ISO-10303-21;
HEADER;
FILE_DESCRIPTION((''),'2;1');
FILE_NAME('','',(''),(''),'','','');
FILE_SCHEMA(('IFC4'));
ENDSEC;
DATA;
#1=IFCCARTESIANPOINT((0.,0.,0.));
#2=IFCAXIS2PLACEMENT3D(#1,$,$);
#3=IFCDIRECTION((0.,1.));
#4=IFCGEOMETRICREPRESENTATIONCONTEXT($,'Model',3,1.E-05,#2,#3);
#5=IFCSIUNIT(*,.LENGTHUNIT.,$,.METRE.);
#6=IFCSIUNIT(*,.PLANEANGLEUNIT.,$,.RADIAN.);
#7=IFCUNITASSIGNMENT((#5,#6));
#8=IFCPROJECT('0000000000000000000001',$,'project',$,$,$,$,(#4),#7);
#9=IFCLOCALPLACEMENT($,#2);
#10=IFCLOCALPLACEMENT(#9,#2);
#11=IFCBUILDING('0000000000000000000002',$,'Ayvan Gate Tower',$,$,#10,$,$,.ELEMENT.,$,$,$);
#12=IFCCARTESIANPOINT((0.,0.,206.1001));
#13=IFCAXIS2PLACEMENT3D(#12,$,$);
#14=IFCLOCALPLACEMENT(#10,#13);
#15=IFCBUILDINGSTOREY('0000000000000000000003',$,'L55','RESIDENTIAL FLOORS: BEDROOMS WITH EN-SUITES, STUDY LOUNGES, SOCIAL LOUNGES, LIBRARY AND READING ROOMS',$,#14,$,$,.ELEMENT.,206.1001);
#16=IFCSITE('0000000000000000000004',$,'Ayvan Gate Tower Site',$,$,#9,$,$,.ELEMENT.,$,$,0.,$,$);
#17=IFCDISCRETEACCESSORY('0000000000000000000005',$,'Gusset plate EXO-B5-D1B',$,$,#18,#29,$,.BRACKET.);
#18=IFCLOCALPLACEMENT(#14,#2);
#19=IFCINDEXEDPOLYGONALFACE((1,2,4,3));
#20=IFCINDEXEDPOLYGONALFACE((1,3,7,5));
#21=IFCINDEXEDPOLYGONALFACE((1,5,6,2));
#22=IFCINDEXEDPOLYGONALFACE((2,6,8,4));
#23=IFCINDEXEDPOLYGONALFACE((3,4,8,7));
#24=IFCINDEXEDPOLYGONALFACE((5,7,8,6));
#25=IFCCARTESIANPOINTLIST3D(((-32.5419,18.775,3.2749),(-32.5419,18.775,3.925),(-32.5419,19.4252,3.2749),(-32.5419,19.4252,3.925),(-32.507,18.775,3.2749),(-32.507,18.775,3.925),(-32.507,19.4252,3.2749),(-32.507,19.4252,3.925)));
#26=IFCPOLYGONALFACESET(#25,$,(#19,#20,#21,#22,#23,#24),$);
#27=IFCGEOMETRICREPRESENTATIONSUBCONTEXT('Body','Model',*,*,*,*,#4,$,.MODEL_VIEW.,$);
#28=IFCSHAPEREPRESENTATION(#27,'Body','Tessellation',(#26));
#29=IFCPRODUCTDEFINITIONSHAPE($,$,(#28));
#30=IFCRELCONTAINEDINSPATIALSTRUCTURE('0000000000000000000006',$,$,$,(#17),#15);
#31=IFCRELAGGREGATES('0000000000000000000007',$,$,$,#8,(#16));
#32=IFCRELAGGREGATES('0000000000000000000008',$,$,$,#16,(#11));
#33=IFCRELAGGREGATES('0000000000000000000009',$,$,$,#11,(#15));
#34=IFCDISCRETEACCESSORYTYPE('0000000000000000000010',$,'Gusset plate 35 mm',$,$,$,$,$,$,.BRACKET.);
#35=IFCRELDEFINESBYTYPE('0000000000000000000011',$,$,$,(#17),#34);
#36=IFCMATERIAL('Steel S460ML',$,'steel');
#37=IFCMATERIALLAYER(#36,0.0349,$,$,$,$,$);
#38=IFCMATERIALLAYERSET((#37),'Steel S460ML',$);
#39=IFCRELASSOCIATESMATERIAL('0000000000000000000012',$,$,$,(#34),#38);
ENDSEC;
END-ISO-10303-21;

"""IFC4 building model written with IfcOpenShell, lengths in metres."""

from ifc_helpers import new_model, si_unit, direction, frame, origin, origin_2d, place, context, subcontext, project, spatial, rectangle, extrude, material, layer, layer_set, type_object, element, save


model = new_model("IFC4")

# Units and contexts
model_context = context("Model", 3, precision=1e-05, world=origin(), true_north=direction((0.0, 1.0)))
body_context = subcontext(model_context, "Body", "Model", "MODEL_VIEW")
ifc_project = project(units=[si_unit("LENGTHUNIT", "METRE"), si_unit("PLANEANGLEUNIT", "RADIAN")], contexts=[model_context])

# Site, building, storey
site_placement = place(None, origin())
site = spatial("IfcSite", under=ifc_project, at=site_placement, Name="Ayvan Gate Tower Site", CompositionType="ELEMENT", RefElevation=0.0)
building_placement = place(site_placement, origin())
building = spatial("IfcBuilding", under=site, at=building_placement, Name="Ayvan Gate Tower", CompositionType="ELEMENT")
storey_placement = place(building_placement, frame((0.0, 0.0, 206.1001)))
storey = spatial("IfcBuildingStorey", under=building, at=storey_placement, Name="L55", Description="RESIDENTIAL FLOORS: BEDROOMS WITH EN-SUITES, STUDY LOUNGES, SOCIAL LOUNGES, LIBRARY AND READING ROOMS", CompositionType="ELEMENT", Elevation=206.1001)

# Discrete accessory
ifc_material_1 = material(Name="Steel S460ML", Category="steel")
ifc_layer_1 = layer(ifc_material_1, 0.0349)
ifc_layer_set_1 = layer_set([ifc_layer_1], Name="Steel S460ML")
discrete_accessory_type = type_object("IfcDiscreteAccessoryType", Name="Gusset plate 35 mm", PredefinedType="BRACKET", material=ifc_layer_set_1)
discrete_accessory_placement = place(storey_placement, frame((-32.5244, 19.1001, 3.2749), z_axis=(0.0, 0.0, 1.0), x_axis=(0.0, 1.0, 0.0)))
element("IfcDiscreteAccessory", 1, at=discrete_accessory_placement, inside=storey, type_object=discrete_accessory_type, Name="Gusset plate EXO-B5-D1B", PredefinedType="BRACKET", context=body_context, shape_type="SweptSolid", body=[
    extrude(rectangle(XDim=0.6501, YDim=0.0349, at=origin_2d()), origin(), (0.0, 0.0, 1.0), 0.6501),
])

save(model, "model.ifc")
